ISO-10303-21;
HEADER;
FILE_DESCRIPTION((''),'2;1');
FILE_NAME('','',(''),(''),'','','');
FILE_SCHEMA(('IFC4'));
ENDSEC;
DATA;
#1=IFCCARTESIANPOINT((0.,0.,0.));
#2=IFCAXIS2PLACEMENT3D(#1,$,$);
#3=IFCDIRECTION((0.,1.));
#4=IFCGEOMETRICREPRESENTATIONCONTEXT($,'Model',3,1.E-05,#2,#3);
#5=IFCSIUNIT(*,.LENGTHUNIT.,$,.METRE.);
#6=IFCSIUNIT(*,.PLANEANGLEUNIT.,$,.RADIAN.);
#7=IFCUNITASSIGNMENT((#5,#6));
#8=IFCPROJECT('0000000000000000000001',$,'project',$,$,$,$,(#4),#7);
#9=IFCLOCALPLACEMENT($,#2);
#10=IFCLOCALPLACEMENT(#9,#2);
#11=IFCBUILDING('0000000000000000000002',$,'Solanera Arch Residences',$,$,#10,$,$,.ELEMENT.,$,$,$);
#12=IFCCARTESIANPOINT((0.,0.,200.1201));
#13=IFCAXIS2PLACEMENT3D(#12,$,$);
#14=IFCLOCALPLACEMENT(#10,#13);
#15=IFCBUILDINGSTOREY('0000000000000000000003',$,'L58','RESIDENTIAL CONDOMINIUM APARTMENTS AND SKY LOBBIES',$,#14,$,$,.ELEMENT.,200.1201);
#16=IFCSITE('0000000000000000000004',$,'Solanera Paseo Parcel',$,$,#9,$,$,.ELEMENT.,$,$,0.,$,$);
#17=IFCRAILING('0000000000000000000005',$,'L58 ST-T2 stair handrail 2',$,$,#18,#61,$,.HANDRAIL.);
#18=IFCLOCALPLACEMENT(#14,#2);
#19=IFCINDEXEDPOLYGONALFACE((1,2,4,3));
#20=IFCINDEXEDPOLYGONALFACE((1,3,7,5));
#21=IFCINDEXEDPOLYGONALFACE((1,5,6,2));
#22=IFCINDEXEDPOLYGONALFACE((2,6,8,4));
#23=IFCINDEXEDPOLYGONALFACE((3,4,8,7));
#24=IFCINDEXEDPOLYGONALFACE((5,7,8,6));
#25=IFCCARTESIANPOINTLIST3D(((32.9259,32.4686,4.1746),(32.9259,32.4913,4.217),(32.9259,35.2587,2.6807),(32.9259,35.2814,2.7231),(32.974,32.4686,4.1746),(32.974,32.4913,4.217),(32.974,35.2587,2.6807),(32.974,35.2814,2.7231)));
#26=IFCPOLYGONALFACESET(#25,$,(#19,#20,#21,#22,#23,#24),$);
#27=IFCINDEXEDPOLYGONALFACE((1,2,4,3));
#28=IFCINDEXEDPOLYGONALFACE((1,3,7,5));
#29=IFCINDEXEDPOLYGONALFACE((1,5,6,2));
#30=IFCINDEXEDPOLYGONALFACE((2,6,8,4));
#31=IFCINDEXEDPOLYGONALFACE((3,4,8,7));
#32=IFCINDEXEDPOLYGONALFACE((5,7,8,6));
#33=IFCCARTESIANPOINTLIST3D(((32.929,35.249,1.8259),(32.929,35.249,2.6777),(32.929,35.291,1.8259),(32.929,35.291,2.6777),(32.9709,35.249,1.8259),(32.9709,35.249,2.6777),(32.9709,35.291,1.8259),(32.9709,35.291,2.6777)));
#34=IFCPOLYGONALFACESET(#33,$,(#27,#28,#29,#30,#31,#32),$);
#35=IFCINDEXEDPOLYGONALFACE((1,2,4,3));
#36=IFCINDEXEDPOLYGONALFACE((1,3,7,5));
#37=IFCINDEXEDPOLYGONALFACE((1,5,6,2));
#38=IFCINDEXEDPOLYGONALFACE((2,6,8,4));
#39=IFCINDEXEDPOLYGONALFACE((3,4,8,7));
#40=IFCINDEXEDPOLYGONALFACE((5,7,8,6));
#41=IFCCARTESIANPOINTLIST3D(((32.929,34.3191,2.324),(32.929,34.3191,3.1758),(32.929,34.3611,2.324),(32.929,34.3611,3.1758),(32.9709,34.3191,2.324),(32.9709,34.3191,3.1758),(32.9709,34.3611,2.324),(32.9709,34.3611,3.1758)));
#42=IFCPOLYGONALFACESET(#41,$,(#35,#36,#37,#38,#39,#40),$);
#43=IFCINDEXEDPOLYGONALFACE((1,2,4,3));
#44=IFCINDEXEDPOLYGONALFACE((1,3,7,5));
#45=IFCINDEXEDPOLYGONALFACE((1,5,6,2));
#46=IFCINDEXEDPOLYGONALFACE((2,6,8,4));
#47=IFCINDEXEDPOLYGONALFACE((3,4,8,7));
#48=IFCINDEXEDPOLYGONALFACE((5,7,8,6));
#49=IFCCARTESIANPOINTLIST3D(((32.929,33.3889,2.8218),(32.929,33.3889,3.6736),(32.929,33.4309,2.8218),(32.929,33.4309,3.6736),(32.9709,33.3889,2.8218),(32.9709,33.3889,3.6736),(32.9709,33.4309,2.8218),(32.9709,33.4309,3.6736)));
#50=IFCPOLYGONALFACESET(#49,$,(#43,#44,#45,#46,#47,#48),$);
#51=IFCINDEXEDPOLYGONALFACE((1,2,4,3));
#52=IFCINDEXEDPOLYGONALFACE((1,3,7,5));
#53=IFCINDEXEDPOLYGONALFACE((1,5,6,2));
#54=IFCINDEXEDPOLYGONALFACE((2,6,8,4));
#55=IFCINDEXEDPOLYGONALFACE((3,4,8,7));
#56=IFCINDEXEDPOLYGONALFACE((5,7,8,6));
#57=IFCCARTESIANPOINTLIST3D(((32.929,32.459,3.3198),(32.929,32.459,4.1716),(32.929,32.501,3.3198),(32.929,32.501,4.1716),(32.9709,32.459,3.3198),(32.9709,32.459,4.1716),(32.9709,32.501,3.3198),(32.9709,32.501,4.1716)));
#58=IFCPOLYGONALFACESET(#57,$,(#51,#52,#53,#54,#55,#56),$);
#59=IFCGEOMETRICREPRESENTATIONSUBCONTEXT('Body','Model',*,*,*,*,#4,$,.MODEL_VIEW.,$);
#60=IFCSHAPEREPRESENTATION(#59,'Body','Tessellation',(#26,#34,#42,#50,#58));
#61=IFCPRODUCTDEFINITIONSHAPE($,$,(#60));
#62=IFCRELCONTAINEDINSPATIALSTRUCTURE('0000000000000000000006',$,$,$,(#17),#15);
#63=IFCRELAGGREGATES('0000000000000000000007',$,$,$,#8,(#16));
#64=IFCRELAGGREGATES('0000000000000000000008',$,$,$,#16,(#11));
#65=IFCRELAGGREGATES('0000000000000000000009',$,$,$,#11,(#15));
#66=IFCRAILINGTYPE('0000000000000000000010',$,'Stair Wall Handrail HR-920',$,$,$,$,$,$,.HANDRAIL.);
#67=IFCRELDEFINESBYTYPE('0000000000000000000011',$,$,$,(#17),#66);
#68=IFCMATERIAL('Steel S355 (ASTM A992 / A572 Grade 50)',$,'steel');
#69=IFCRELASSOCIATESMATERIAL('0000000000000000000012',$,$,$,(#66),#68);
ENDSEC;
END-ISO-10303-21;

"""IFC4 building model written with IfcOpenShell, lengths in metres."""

from ifc_helpers import new_model, si_unit, direction, frame, origin, origin_2d, place, context, subcontext, project, spatial, rectangle, extrude, material, type_object, element, save


model = new_model("IFC4")

# Units and contexts
model_context = context("Model", 3, precision=1e-05, world=origin(), true_north=direction((0.0, 1.0)))
body_context = subcontext(model_context, "Body", "Model", "MODEL_VIEW")
ifc_project = project(units=[si_unit("LENGTHUNIT", "METRE"), si_unit("PLANEANGLEUNIT", "RADIAN")], contexts=[model_context])

# Site, building, storey
site_placement = place(None, origin())
site = spatial("IfcSite", under=ifc_project, at=site_placement, Name="Solanera Paseo Parcel", CompositionType="ELEMENT", RefElevation=0.0)
building_placement = place(site_placement, origin())
building = spatial("IfcBuilding", under=site, at=building_placement, Name="Solanera Arch Residences", CompositionType="ELEMENT")
storey_placement = place(building_placement, frame((0.0, 0.0, 200.1201)))
storey = spatial("IfcBuildingStorey", under=building, at=storey_placement, Name="L58", Description="RESIDENTIAL CONDOMINIUM APARTMENTS AND SKY LOBBIES", CompositionType="ELEMENT", Elevation=200.1201)

# Railing
ifc_material_1 = material(Name="Steel S355 (ASTM A992 / A572 Grade 50)", Category="steel")
railing_type_1 = type_object("IfcRailingType", Name="Stair Wall Handrail HR-920", PredefinedType="HANDRAIL", material=ifc_material_1)
railing_1_placement = place(storey_placement, frame((32.95, 35.27, 1.8259)))
element("IfcRailing", 1, at=railing_1_placement, inside=storey, type_object=railing_type_1, Name="L58 ST-T2 stair handrail 2", PredefinedType="HANDRAIL", context=body_context, shape_type="SweptSolid", body=[
    extrude(rectangle(XDim=0.0481, YDim=0.0481, at=origin_2d()), frame((0.0, 0.0, 0.876), z_axis=(0.0, -0.881581, 0.472033), x_axis=(1.0, 0.0, 0.0)), (0.0, 0.0, 1.0), 3.1648),
    extrude(rectangle(XDim=0.042, YDim=0.042, at=origin_2d()), origin(), (0.0, 0.0, 1.0), 0.8518),
    extrude(rectangle(XDim=0.042, YDim=0.042, at=origin_2d()), frame((0.0, -0.9299, 0.498)), (0.0, 0.0, 1.0), 0.8518),
    extrude(rectangle(XDim=0.042, YDim=0.042, at=origin_2d()), frame((0.0, -1.8601, 0.9958)), (0.0, 0.0, 1.0), 0.8518),
    extrude(rectangle(XDim=0.042, YDim=0.042, at=origin_2d()), frame((0.0, -2.79, 1.4939)), (0.0, 0.0, 1.0), 0.8518),
])

save(model, "model.ifc")
